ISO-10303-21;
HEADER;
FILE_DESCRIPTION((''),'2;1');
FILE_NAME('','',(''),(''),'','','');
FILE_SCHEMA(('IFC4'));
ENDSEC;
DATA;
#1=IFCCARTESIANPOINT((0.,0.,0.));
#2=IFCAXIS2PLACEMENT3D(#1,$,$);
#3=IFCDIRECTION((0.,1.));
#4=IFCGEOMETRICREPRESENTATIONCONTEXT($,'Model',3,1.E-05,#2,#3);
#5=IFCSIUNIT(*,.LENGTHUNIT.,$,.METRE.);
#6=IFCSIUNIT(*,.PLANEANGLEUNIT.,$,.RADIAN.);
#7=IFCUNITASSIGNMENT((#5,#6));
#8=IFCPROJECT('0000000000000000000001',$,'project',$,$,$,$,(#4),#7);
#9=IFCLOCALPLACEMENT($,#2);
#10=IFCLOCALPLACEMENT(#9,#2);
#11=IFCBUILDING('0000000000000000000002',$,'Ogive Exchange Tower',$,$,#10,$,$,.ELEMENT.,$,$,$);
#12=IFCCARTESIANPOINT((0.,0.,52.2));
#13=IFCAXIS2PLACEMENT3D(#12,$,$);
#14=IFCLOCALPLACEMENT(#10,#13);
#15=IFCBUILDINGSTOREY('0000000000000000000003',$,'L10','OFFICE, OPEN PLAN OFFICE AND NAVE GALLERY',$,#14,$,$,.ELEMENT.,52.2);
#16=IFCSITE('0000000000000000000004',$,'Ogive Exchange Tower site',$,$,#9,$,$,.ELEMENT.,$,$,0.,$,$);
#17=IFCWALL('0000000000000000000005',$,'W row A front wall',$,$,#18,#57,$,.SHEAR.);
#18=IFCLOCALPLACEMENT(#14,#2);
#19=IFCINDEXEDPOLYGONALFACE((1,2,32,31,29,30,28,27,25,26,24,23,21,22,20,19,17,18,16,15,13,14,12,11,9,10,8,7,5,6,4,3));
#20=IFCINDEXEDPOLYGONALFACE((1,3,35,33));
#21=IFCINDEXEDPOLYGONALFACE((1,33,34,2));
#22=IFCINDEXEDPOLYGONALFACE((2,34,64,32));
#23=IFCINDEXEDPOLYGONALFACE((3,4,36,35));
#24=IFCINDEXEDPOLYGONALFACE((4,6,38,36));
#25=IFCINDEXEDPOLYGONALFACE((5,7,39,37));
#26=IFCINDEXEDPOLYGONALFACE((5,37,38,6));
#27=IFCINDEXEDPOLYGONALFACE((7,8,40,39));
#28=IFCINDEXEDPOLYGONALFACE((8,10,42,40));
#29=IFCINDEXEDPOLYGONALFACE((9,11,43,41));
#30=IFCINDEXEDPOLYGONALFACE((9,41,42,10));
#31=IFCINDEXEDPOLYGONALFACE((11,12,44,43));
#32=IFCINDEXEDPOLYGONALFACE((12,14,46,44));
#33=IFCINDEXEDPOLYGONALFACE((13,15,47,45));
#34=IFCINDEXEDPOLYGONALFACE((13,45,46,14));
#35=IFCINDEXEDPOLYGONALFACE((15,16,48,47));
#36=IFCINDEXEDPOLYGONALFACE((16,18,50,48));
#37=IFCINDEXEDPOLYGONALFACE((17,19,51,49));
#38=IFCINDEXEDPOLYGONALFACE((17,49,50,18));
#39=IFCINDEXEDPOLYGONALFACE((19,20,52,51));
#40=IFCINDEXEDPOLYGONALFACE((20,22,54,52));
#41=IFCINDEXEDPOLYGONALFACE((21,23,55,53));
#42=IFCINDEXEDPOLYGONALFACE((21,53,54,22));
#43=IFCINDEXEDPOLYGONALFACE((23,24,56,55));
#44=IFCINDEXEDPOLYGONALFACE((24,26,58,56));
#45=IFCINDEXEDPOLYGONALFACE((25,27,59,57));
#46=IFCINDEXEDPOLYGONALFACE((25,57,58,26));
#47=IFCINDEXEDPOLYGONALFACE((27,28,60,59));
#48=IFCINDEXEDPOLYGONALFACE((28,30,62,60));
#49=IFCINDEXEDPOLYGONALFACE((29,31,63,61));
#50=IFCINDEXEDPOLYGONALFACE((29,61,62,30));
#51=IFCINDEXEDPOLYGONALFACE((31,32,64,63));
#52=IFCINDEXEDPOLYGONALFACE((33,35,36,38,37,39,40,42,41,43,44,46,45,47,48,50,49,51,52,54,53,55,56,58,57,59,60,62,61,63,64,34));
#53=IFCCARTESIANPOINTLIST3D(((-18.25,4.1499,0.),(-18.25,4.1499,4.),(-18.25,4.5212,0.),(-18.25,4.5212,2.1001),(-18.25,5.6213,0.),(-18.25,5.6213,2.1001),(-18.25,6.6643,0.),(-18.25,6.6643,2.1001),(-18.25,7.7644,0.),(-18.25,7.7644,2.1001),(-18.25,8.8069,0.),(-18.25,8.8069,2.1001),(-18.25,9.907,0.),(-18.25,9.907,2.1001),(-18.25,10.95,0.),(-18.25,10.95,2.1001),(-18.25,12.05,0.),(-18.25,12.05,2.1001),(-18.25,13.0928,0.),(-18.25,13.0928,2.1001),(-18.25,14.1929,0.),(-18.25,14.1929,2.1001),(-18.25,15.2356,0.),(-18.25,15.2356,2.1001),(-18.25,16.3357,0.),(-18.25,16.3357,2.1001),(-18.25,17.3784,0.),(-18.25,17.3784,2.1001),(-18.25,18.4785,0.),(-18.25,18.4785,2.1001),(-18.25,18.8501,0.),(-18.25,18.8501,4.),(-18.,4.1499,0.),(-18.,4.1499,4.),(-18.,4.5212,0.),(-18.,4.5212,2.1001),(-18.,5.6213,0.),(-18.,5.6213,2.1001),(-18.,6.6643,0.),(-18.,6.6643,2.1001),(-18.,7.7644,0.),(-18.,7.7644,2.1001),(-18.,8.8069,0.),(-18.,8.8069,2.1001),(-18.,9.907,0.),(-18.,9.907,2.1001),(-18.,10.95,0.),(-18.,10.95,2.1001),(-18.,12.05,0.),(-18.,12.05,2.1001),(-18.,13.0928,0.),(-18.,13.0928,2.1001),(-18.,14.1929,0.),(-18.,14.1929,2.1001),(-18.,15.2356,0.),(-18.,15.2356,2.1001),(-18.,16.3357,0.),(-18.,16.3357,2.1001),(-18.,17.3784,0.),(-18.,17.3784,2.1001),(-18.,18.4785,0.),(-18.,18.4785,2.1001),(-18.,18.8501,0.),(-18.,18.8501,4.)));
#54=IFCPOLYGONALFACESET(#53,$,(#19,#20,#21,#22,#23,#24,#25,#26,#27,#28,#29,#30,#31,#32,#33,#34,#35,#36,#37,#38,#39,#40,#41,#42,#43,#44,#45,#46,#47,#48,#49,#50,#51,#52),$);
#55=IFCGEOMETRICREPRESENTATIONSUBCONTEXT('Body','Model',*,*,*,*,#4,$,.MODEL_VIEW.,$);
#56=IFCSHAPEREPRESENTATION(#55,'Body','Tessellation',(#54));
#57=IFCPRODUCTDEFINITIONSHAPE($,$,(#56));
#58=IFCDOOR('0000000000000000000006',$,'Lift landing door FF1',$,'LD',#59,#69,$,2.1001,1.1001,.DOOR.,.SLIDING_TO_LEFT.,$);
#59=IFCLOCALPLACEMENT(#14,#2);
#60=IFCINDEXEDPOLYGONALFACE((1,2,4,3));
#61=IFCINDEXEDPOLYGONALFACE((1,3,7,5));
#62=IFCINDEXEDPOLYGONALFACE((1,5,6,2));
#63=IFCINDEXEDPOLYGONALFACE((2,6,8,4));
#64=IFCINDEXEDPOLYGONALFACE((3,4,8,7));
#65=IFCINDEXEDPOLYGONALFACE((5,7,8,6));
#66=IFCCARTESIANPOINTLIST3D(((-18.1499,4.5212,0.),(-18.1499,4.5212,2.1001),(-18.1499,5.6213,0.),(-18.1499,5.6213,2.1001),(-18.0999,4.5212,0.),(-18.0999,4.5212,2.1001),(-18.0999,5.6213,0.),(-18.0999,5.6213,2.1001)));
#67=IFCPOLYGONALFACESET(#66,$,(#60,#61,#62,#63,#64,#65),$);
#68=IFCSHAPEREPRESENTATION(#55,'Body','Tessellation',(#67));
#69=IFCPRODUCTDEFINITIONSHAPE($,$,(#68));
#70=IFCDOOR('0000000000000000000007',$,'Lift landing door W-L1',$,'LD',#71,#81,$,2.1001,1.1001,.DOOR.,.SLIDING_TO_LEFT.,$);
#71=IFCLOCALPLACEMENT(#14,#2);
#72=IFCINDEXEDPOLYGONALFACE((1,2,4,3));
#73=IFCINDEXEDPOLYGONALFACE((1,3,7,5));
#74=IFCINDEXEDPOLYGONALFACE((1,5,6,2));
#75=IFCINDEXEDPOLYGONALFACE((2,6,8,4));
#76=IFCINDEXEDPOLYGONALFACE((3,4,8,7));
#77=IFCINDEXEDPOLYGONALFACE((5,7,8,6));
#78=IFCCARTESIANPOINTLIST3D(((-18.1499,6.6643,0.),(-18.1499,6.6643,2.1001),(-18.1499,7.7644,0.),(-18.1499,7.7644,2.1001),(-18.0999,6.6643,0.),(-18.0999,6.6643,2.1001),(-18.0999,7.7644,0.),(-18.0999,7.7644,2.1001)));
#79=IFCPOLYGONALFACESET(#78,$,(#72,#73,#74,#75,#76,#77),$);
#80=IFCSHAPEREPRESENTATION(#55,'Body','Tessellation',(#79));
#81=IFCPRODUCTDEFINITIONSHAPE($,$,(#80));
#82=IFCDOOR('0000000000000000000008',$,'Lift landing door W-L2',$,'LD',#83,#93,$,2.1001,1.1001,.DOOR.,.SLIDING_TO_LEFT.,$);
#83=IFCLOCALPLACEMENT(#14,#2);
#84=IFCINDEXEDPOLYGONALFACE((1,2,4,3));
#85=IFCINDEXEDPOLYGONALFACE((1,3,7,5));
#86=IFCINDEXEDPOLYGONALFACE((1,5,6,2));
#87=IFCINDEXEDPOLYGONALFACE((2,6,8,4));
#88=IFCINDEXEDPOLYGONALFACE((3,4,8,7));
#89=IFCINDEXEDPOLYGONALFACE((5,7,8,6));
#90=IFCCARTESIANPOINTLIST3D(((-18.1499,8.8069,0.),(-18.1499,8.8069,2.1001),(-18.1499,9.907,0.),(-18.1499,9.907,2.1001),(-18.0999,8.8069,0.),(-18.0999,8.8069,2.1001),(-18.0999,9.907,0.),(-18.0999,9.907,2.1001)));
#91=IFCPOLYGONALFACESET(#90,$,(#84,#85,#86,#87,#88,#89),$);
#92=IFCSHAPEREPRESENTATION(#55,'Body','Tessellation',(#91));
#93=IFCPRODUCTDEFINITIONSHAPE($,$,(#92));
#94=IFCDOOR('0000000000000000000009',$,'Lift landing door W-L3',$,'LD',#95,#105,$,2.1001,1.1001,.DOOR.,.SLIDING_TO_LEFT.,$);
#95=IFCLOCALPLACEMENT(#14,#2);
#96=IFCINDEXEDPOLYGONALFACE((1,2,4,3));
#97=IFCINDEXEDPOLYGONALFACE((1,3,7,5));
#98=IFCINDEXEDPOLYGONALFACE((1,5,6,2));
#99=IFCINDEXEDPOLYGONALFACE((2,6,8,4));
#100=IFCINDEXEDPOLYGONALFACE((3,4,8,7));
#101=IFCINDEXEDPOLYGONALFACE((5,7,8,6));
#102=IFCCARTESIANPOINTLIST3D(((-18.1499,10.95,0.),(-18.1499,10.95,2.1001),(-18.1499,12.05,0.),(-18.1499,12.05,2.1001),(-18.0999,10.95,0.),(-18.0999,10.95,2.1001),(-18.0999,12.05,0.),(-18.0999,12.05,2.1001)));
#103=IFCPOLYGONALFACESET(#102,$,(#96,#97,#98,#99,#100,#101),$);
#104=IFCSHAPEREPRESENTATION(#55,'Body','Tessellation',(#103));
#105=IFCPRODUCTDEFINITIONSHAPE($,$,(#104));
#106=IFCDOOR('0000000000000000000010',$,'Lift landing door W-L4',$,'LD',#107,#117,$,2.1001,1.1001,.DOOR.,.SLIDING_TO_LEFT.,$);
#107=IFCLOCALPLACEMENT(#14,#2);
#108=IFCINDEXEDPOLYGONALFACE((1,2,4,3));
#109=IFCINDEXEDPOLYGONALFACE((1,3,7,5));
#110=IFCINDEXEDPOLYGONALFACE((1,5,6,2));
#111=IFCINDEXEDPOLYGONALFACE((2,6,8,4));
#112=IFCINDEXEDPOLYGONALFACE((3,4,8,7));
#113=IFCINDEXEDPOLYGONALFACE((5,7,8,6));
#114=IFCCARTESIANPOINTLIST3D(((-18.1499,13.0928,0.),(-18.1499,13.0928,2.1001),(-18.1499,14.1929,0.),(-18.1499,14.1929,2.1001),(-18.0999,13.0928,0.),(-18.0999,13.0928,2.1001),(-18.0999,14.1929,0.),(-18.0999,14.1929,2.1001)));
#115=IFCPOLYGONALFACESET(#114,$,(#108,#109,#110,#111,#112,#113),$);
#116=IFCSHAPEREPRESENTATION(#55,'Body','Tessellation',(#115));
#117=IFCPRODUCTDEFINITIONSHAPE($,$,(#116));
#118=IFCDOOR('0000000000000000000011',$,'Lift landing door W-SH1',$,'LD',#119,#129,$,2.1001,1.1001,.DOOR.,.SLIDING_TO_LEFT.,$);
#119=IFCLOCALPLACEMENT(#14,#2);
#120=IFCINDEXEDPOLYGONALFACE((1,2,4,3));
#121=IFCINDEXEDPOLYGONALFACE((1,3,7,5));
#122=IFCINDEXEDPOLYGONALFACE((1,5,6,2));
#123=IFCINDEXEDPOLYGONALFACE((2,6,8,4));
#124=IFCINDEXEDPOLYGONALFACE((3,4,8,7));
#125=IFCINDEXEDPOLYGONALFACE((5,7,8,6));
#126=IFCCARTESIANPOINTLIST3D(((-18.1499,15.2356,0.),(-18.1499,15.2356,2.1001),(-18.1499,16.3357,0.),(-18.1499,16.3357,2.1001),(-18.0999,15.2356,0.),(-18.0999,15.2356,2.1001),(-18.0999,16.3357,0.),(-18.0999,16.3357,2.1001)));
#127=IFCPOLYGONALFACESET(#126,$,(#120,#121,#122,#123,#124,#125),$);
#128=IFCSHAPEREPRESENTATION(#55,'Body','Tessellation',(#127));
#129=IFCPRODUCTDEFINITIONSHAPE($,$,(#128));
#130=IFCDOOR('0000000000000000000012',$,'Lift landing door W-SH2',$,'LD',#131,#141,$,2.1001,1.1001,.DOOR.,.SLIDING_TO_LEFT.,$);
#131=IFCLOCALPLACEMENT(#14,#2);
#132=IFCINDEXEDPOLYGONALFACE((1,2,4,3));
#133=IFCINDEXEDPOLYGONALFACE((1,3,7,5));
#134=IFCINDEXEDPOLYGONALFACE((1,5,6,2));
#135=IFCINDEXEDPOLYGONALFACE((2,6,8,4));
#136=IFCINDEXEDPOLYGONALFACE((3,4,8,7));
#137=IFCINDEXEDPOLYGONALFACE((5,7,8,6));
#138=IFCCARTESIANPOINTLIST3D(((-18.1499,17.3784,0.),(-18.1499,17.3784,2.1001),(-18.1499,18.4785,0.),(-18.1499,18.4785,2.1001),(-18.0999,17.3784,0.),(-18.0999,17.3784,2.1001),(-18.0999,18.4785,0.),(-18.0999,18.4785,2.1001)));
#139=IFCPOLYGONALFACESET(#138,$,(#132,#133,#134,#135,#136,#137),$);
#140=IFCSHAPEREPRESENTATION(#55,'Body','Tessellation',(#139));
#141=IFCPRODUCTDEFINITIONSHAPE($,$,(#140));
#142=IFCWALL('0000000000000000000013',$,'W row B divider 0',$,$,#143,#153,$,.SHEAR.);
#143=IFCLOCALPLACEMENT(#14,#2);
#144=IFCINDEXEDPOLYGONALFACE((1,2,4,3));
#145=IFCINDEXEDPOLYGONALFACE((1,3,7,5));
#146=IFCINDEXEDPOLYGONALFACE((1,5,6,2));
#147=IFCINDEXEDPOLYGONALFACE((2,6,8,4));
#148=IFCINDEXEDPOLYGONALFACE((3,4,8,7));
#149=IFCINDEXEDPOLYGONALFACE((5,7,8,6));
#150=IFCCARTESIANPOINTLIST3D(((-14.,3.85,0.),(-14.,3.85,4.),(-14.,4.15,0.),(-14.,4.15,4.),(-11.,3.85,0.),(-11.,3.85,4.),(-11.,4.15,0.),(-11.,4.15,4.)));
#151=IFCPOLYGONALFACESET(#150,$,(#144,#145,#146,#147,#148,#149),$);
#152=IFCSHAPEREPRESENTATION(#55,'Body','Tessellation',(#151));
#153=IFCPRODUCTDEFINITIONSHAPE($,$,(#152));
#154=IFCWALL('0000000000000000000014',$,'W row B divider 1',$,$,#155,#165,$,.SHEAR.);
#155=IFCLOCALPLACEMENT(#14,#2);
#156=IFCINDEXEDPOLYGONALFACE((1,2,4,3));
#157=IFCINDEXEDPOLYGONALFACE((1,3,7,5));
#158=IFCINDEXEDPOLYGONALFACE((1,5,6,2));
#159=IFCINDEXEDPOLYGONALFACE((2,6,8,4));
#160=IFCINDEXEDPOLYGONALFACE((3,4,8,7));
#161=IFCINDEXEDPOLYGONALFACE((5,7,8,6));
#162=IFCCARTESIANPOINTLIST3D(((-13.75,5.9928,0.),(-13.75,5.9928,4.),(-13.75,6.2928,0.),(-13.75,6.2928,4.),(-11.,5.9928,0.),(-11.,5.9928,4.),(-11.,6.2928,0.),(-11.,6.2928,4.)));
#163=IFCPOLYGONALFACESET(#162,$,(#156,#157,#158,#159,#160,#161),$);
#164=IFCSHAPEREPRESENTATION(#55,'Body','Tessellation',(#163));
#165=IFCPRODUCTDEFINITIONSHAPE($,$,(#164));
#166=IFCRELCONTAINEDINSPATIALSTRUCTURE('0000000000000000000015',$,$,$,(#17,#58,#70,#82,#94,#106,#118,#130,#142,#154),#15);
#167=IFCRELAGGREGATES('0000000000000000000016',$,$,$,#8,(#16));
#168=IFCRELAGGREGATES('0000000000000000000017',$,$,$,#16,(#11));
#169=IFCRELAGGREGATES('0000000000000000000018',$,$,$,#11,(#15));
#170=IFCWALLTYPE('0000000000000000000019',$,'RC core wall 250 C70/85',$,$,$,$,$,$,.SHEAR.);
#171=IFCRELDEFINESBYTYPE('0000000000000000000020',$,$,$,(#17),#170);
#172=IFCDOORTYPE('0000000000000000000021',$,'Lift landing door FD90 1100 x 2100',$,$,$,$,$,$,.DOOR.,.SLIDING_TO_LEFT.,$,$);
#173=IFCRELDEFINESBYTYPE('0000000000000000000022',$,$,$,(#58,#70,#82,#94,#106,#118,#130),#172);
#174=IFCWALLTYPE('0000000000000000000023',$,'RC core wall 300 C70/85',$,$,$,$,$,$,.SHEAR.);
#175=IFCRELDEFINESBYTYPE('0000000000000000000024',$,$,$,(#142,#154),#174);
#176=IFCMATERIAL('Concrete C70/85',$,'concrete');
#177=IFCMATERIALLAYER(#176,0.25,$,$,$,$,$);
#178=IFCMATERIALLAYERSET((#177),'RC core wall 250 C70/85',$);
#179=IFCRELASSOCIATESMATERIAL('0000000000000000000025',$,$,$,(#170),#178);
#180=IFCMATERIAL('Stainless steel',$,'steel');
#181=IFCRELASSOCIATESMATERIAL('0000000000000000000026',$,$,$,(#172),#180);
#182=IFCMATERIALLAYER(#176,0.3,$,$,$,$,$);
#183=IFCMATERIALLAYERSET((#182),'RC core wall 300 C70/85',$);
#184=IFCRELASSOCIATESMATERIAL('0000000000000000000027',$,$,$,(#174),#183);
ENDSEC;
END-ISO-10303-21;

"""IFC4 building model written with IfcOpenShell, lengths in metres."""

from ifc_helpers import new_model, si_unit, direction, frame, frame_2d, origin, place, context, subcontext, project, spatial, rectangle, extrude, material, layer, layer_set, type_object, element, fill, save


model = new_model("IFC4")

# Units and contexts
model_context = context("Model", 3, precision=1e-05, world=origin(), true_north=direction((0.0, 1.0)))
body_context = subcontext(model_context, "Body", "Model", "MODEL_VIEW")
ifc_project = project(units=[si_unit("LENGTHUNIT", "METRE"), si_unit("PLANEANGLEUNIT", "RADIAN")], contexts=[model_context])

# Site, building, storey
site_placement = place(None, origin())
site = spatial("IfcSite", under=ifc_project, at=site_placement, Name="Ogive Exchange Tower site", CompositionType="ELEMENT", RefElevation=0.0)
building_placement = place(site_placement, origin())
building = spatial("IfcBuilding", under=site, at=building_placement, Name="Ogive Exchange Tower", CompositionType="ELEMENT")
storey_placement = place(building_placement, frame((0.0, 0.0, 52.2)))
storey = spatial("IfcBuildingStorey", under=building, at=storey_placement, Name="L10", Description="OFFICE, OPEN PLAN OFFICE AND NAVE GALLERY", CompositionType="ELEMENT", Elevation=52.2)

# Shared definitions
ifc_material_1 = material(Name="Concrete C70/85", Category="concrete")
ifc_layer_1 = layer(ifc_material_1, 0.25)
ifc_layer_set_1 = layer_set([ifc_layer_1], Name="RC core wall 250 C70/85")
wall_type_1 = type_object("IfcWallType", Name="RC core wall 250 C70/85", PredefinedType="SHEAR", material=ifc_layer_set_1)

# Wall, openings, doors
wall_1_placement = place(storey_placement, frame((-18.125, 4.1499, 0.0), z_axis=(0.0, 0.0, 1.0), x_axis=(0.0, 1.0, 0.0)))
wall_1 = element("IfcWall", 1, at=wall_1_placement, inside=storey, type_object=wall_type_1, Name="W row A front wall", PredefinedType="SHEAR", context=body_context, shape_type="SweptSolid", body=[
    extrude(rectangle(XDim=14.7002, YDim=0.25, at=frame_2d((7.3501, 0.0))), origin(), (0.0, 0.0, 1.0), 4.0),
])
opening_1_placement = place(wall_1_placement, frame((0.3713, 0.0, 0.0)))
opening_1 = element("IfcOpeningElement", 2, at=opening_1_placement, cuts=wall_1, PredefinedType="OPENING", context=body_context, shape_type="SweptSolid", body=[
    extrude(rectangle(XDim=1.1001, YDim=2.1001, at=frame_2d((0.55, 1.05))), frame((0.0, 0.135, 0.0), z_axis=(0.0, -1.0, 0.0), x_axis=(1.0, 0.0, 0.0)), (0.0, 0.0, 1.0), 0.27),
])
opening_2_placement = place(wall_1_placement, frame((2.5144, 0.0, 0.0)))
opening_2 = element("IfcOpeningElement", 3, at=opening_2_placement, cuts=wall_1, PredefinedType="OPENING", context=body_context, shape_type="SweptSolid", body=[
    extrude(rectangle(XDim=1.1001, YDim=2.1001, at=frame_2d((0.55, 1.05))), frame((0.0, 0.135, 0.0), z_axis=(0.0, -1.0, 0.0), x_axis=(1.0, 0.0, 0.0)), (0.0, 0.0, 1.0), 0.27),
])
opening_3_placement = place(wall_1_placement, frame((4.657, 0.0, 0.0)))
opening_3 = element("IfcOpeningElement", 4, at=opening_3_placement, cuts=wall_1, PredefinedType="OPENING", context=body_context, shape_type="SweptSolid", body=[
    extrude(rectangle(XDim=1.1001, YDim=2.1001, at=frame_2d((0.55, 1.05))), frame((0.0, 0.135, 0.0), z_axis=(0.0, -1.0, 0.0), x_axis=(1.0, 0.0, 0.0)), (0.0, 0.0, 1.0), 0.27),
])
opening_4_placement = place(wall_1_placement, frame((6.8, 0.0, 0.0)))
opening_4 = element("IfcOpeningElement", 5, at=opening_4_placement, cuts=wall_1, PredefinedType="OPENING", context=body_context, shape_type="SweptSolid", body=[
    extrude(rectangle(XDim=1.1001, YDim=2.1001, at=frame_2d((0.55, 1.05))), frame((0.0, 0.135, 0.0), z_axis=(0.0, -1.0, 0.0), x_axis=(1.0, 0.0, 0.0)), (0.0, 0.0, 1.0), 0.27),
])
opening_5_placement = place(wall_1_placement, frame((8.9429, 0.0, 0.0)))
opening_5 = element("IfcOpeningElement", 6, at=opening_5_placement, cuts=wall_1, PredefinedType="OPENING", context=body_context, shape_type="SweptSolid", body=[
    extrude(rectangle(XDim=1.1001, YDim=2.1001, at=frame_2d((0.55, 1.05))), frame((0.0, 0.135, 0.0), z_axis=(0.0, -1.0, 0.0), x_axis=(1.0, 0.0, 0.0)), (0.0, 0.0, 1.0), 0.27),
])
opening_6_placement = place(wall_1_placement, frame((11.0857, 0.0, 0.0)))
opening_6 = element("IfcOpeningElement", 7, at=opening_6_placement, cuts=wall_1, PredefinedType="OPENING", context=body_context, shape_type="SweptSolid", body=[
    extrude(rectangle(XDim=1.1001, YDim=2.1001, at=frame_2d((0.55, 1.05))), frame((0.0, 0.135, 0.0), z_axis=(0.0, -1.0, 0.0), x_axis=(1.0, 0.0, 0.0)), (0.0, 0.0, 1.0), 0.27),
])
opening_7_placement = place(wall_1_placement, frame((13.2285, 0.0, 0.0)))
opening_7 = element("IfcOpeningElement", 8, at=opening_7_placement, cuts=wall_1, PredefinedType="OPENING", context=body_context, shape_type="SweptSolid", body=[
    extrude(rectangle(XDim=1.1001, YDim=2.1001, at=frame_2d((0.55, 1.05))), frame((0.0, 0.135, 0.0), z_axis=(0.0, -1.0, 0.0), x_axis=(1.0, 0.0, 0.0)), (0.0, 0.0, 1.0), 0.27),
])
ifc_material_2 = material(Name="Stainless steel", Category="steel")
door_type_1 = type_object("IfcDoorType", Name="Lift landing door FD90 1100 x 2100", OperationType="SLIDING_TO_LEFT", PredefinedType="DOOR", material=ifc_material_2)
door_1_placement = place(opening_1_placement, origin())
door_1 = element("IfcDoor", 9, at=door_1_placement, inside=storey, type_object=door_type_1, Name="Lift landing door FF1", ObjectType="LD", OperationType="SLIDING_TO_LEFT", OverallHeight=2.1001, OverallWidth=1.1001, PredefinedType="DOOR", context=body_context, shape_type="SweptSolid", body=[
    extrude(rectangle(XDim=1.1001, YDim=2.1001, at=frame_2d((0.55, 1.05))), frame((0.0, 0.0249, 0.0), z_axis=(0.0, -1.0, 0.0), x_axis=(1.0, 0.0, 0.0)), (0.0, 0.0, 1.0), 0.05),
])
fill(opening_1, door_1)
door_2_placement = place(opening_2_placement, origin())
door_2 = element("IfcDoor", 10, at=door_2_placement, inside=storey, type_object=door_type_1, Name="Lift landing door W-L1", ObjectType="LD", OperationType="SLIDING_TO_LEFT", OverallHeight=2.1001, OverallWidth=1.1001, PredefinedType="DOOR", context=body_context, shape_type="SweptSolid", body=[
    extrude(rectangle(XDim=1.1001, YDim=2.1001, at=frame_2d((0.55, 1.05))), frame((0.0, 0.0249, 0.0), z_axis=(0.0, -1.0, 0.0), x_axis=(1.0, 0.0, 0.0)), (0.0, 0.0, 1.0), 0.05),
])
fill(opening_2, door_2)
door_3_placement = place(opening_3_placement, origin())
door_3 = element("IfcDoor", 11, at=door_3_placement, inside=storey, type_object=door_type_1, Name="Lift landing door W-L2", ObjectType="LD", OperationType="SLIDING_TO_LEFT", OverallHeight=2.1001, OverallWidth=1.1001, PredefinedType="DOOR", context=body_context, shape_type="SweptSolid", body=[
    extrude(rectangle(XDim=1.1001, YDim=2.1001, at=frame_2d((0.55, 1.05))), frame((0.0, 0.0249, 0.0), z_axis=(0.0, -1.0, 0.0), x_axis=(1.0, 0.0, 0.0)), (0.0, 0.0, 1.0), 0.05),
])
fill(opening_3, door_3)
door_4_placement = place(opening_4_placement, origin())
door_4 = element("IfcDoor", 12, at=door_4_placement, inside=storey, type_object=door_type_1, Name="Lift landing door W-L3", ObjectType="LD", OperationType="SLIDING_TO_LEFT", OverallHeight=2.1001, OverallWidth=1.1001, PredefinedType="DOOR", context=body_context, shape_type="SweptSolid", body=[
    extrude(rectangle(XDim=1.1001, YDim=2.1001, at=frame_2d((0.55, 1.05))), frame((0.0, 0.0249, 0.0), z_axis=(0.0, -1.0, 0.0), x_axis=(1.0, 0.0, 0.0)), (0.0, 0.0, 1.0), 0.05),
])
fill(opening_4, door_4)
door_5_placement = place(opening_5_placement, origin())
door_5 = element("IfcDoor", 13, at=door_5_placement, inside=storey, type_object=door_type_1, Name="Lift landing door W-L4", ObjectType="LD", OperationType="SLIDING_TO_LEFT", OverallHeight=2.1001, OverallWidth=1.1001, PredefinedType="DOOR", context=body_context, shape_type="SweptSolid", body=[
    extrude(rectangle(XDim=1.1001, YDim=2.1001, at=frame_2d((0.55, 1.05))), frame((0.0, 0.0249, 0.0), z_axis=(0.0, -1.0, 0.0), x_axis=(1.0, 0.0, 0.0)), (0.0, 0.0, 1.0), 0.05),
])
fill(opening_5, door_5)
door_6_placement = place(opening_6_placement, origin())
door_6 = element("IfcDoor", 14, at=door_6_placement, inside=storey, type_object=door_type_1, Name="Lift landing door W-SH1", ObjectType="LD", OperationType="SLIDING_TO_LEFT", OverallHeight=2.1001, OverallWidth=1.1001, PredefinedType="DOOR", context=body_context, shape_type="SweptSolid", body=[
    extrude(rectangle(XDim=1.1001, YDim=2.1001, at=frame_2d((0.55, 1.05))), frame((0.0, 0.0249, 0.0), z_axis=(0.0, -1.0, 0.0), x_axis=(1.0, 0.0, 0.0)), (0.0, 0.0, 1.0), 0.05),
])
fill(opening_6, door_6)
door_7_placement = place(opening_7_placement, origin())
door_7 = element("IfcDoor", 15, at=door_7_placement, inside=storey, type_object=door_type_1, Name="Lift landing door W-SH2", ObjectType="LD", OperationType="SLIDING_TO_LEFT", OverallHeight=2.1001, OverallWidth=1.1001, PredefinedType="DOOR", context=body_context, shape_type="SweptSolid", body=[
    extrude(rectangle(XDim=1.1001, YDim=2.1001, at=frame_2d((0.55, 1.05))), frame((0.0, 0.0249, 0.0), z_axis=(0.0, -1.0, 0.0), x_axis=(1.0, 0.0, 0.0)), (0.0, 0.0, 1.0), 0.05),
])
fill(opening_7, door_7)

# Walls
ifc_layer_2 = layer(ifc_material_1, 0.3)
ifc_layer_set_2 = layer_set([ifc_layer_2], Name="RC core wall 300 C70/85")
wall_type_2 = type_object("IfcWallType", Name="RC core wall 300 C70/85", PredefinedType="SHEAR", material=ifc_layer_set_2)
wall_2_placement = place(storey_placement, frame((-14.0, 4.0, 0.0), z_axis=(0.0, 0.0, 1.0), x_axis=(1.0, 0.0, 0.0)))
element("IfcWall", 16, at=wall_2_placement, inside=storey, type_object=wall_type_2, Name="W row B divider 0", PredefinedType="SHEAR", context=body_context, shape_type="SweptSolid", body=[
    extrude(rectangle(XDim=3.0, YDim=0.3, at=frame_2d((1.5, 0.0))), origin(), (0.0, 0.0, 1.0), 4.0),
])
wall_3_placement = place(storey_placement, frame((-13.75, 6.1428, 0.0), z_axis=(0.0, 0.0, 1.0), x_axis=(1.0, 0.0, 0.0)))
element("IfcWall", 17, at=wall_3_placement, inside=storey, type_object=wall_type_2, Name="W row B divider 1", PredefinedType="SHEAR", context=body_context, shape_type="SweptSolid", body=[
    extrude(rectangle(XDim=2.75, YDim=0.3, at=frame_2d((1.375, 0.0))), origin(), (0.0, 0.0, 1.0), 4.0),
])

save(model, "model.ifc")
